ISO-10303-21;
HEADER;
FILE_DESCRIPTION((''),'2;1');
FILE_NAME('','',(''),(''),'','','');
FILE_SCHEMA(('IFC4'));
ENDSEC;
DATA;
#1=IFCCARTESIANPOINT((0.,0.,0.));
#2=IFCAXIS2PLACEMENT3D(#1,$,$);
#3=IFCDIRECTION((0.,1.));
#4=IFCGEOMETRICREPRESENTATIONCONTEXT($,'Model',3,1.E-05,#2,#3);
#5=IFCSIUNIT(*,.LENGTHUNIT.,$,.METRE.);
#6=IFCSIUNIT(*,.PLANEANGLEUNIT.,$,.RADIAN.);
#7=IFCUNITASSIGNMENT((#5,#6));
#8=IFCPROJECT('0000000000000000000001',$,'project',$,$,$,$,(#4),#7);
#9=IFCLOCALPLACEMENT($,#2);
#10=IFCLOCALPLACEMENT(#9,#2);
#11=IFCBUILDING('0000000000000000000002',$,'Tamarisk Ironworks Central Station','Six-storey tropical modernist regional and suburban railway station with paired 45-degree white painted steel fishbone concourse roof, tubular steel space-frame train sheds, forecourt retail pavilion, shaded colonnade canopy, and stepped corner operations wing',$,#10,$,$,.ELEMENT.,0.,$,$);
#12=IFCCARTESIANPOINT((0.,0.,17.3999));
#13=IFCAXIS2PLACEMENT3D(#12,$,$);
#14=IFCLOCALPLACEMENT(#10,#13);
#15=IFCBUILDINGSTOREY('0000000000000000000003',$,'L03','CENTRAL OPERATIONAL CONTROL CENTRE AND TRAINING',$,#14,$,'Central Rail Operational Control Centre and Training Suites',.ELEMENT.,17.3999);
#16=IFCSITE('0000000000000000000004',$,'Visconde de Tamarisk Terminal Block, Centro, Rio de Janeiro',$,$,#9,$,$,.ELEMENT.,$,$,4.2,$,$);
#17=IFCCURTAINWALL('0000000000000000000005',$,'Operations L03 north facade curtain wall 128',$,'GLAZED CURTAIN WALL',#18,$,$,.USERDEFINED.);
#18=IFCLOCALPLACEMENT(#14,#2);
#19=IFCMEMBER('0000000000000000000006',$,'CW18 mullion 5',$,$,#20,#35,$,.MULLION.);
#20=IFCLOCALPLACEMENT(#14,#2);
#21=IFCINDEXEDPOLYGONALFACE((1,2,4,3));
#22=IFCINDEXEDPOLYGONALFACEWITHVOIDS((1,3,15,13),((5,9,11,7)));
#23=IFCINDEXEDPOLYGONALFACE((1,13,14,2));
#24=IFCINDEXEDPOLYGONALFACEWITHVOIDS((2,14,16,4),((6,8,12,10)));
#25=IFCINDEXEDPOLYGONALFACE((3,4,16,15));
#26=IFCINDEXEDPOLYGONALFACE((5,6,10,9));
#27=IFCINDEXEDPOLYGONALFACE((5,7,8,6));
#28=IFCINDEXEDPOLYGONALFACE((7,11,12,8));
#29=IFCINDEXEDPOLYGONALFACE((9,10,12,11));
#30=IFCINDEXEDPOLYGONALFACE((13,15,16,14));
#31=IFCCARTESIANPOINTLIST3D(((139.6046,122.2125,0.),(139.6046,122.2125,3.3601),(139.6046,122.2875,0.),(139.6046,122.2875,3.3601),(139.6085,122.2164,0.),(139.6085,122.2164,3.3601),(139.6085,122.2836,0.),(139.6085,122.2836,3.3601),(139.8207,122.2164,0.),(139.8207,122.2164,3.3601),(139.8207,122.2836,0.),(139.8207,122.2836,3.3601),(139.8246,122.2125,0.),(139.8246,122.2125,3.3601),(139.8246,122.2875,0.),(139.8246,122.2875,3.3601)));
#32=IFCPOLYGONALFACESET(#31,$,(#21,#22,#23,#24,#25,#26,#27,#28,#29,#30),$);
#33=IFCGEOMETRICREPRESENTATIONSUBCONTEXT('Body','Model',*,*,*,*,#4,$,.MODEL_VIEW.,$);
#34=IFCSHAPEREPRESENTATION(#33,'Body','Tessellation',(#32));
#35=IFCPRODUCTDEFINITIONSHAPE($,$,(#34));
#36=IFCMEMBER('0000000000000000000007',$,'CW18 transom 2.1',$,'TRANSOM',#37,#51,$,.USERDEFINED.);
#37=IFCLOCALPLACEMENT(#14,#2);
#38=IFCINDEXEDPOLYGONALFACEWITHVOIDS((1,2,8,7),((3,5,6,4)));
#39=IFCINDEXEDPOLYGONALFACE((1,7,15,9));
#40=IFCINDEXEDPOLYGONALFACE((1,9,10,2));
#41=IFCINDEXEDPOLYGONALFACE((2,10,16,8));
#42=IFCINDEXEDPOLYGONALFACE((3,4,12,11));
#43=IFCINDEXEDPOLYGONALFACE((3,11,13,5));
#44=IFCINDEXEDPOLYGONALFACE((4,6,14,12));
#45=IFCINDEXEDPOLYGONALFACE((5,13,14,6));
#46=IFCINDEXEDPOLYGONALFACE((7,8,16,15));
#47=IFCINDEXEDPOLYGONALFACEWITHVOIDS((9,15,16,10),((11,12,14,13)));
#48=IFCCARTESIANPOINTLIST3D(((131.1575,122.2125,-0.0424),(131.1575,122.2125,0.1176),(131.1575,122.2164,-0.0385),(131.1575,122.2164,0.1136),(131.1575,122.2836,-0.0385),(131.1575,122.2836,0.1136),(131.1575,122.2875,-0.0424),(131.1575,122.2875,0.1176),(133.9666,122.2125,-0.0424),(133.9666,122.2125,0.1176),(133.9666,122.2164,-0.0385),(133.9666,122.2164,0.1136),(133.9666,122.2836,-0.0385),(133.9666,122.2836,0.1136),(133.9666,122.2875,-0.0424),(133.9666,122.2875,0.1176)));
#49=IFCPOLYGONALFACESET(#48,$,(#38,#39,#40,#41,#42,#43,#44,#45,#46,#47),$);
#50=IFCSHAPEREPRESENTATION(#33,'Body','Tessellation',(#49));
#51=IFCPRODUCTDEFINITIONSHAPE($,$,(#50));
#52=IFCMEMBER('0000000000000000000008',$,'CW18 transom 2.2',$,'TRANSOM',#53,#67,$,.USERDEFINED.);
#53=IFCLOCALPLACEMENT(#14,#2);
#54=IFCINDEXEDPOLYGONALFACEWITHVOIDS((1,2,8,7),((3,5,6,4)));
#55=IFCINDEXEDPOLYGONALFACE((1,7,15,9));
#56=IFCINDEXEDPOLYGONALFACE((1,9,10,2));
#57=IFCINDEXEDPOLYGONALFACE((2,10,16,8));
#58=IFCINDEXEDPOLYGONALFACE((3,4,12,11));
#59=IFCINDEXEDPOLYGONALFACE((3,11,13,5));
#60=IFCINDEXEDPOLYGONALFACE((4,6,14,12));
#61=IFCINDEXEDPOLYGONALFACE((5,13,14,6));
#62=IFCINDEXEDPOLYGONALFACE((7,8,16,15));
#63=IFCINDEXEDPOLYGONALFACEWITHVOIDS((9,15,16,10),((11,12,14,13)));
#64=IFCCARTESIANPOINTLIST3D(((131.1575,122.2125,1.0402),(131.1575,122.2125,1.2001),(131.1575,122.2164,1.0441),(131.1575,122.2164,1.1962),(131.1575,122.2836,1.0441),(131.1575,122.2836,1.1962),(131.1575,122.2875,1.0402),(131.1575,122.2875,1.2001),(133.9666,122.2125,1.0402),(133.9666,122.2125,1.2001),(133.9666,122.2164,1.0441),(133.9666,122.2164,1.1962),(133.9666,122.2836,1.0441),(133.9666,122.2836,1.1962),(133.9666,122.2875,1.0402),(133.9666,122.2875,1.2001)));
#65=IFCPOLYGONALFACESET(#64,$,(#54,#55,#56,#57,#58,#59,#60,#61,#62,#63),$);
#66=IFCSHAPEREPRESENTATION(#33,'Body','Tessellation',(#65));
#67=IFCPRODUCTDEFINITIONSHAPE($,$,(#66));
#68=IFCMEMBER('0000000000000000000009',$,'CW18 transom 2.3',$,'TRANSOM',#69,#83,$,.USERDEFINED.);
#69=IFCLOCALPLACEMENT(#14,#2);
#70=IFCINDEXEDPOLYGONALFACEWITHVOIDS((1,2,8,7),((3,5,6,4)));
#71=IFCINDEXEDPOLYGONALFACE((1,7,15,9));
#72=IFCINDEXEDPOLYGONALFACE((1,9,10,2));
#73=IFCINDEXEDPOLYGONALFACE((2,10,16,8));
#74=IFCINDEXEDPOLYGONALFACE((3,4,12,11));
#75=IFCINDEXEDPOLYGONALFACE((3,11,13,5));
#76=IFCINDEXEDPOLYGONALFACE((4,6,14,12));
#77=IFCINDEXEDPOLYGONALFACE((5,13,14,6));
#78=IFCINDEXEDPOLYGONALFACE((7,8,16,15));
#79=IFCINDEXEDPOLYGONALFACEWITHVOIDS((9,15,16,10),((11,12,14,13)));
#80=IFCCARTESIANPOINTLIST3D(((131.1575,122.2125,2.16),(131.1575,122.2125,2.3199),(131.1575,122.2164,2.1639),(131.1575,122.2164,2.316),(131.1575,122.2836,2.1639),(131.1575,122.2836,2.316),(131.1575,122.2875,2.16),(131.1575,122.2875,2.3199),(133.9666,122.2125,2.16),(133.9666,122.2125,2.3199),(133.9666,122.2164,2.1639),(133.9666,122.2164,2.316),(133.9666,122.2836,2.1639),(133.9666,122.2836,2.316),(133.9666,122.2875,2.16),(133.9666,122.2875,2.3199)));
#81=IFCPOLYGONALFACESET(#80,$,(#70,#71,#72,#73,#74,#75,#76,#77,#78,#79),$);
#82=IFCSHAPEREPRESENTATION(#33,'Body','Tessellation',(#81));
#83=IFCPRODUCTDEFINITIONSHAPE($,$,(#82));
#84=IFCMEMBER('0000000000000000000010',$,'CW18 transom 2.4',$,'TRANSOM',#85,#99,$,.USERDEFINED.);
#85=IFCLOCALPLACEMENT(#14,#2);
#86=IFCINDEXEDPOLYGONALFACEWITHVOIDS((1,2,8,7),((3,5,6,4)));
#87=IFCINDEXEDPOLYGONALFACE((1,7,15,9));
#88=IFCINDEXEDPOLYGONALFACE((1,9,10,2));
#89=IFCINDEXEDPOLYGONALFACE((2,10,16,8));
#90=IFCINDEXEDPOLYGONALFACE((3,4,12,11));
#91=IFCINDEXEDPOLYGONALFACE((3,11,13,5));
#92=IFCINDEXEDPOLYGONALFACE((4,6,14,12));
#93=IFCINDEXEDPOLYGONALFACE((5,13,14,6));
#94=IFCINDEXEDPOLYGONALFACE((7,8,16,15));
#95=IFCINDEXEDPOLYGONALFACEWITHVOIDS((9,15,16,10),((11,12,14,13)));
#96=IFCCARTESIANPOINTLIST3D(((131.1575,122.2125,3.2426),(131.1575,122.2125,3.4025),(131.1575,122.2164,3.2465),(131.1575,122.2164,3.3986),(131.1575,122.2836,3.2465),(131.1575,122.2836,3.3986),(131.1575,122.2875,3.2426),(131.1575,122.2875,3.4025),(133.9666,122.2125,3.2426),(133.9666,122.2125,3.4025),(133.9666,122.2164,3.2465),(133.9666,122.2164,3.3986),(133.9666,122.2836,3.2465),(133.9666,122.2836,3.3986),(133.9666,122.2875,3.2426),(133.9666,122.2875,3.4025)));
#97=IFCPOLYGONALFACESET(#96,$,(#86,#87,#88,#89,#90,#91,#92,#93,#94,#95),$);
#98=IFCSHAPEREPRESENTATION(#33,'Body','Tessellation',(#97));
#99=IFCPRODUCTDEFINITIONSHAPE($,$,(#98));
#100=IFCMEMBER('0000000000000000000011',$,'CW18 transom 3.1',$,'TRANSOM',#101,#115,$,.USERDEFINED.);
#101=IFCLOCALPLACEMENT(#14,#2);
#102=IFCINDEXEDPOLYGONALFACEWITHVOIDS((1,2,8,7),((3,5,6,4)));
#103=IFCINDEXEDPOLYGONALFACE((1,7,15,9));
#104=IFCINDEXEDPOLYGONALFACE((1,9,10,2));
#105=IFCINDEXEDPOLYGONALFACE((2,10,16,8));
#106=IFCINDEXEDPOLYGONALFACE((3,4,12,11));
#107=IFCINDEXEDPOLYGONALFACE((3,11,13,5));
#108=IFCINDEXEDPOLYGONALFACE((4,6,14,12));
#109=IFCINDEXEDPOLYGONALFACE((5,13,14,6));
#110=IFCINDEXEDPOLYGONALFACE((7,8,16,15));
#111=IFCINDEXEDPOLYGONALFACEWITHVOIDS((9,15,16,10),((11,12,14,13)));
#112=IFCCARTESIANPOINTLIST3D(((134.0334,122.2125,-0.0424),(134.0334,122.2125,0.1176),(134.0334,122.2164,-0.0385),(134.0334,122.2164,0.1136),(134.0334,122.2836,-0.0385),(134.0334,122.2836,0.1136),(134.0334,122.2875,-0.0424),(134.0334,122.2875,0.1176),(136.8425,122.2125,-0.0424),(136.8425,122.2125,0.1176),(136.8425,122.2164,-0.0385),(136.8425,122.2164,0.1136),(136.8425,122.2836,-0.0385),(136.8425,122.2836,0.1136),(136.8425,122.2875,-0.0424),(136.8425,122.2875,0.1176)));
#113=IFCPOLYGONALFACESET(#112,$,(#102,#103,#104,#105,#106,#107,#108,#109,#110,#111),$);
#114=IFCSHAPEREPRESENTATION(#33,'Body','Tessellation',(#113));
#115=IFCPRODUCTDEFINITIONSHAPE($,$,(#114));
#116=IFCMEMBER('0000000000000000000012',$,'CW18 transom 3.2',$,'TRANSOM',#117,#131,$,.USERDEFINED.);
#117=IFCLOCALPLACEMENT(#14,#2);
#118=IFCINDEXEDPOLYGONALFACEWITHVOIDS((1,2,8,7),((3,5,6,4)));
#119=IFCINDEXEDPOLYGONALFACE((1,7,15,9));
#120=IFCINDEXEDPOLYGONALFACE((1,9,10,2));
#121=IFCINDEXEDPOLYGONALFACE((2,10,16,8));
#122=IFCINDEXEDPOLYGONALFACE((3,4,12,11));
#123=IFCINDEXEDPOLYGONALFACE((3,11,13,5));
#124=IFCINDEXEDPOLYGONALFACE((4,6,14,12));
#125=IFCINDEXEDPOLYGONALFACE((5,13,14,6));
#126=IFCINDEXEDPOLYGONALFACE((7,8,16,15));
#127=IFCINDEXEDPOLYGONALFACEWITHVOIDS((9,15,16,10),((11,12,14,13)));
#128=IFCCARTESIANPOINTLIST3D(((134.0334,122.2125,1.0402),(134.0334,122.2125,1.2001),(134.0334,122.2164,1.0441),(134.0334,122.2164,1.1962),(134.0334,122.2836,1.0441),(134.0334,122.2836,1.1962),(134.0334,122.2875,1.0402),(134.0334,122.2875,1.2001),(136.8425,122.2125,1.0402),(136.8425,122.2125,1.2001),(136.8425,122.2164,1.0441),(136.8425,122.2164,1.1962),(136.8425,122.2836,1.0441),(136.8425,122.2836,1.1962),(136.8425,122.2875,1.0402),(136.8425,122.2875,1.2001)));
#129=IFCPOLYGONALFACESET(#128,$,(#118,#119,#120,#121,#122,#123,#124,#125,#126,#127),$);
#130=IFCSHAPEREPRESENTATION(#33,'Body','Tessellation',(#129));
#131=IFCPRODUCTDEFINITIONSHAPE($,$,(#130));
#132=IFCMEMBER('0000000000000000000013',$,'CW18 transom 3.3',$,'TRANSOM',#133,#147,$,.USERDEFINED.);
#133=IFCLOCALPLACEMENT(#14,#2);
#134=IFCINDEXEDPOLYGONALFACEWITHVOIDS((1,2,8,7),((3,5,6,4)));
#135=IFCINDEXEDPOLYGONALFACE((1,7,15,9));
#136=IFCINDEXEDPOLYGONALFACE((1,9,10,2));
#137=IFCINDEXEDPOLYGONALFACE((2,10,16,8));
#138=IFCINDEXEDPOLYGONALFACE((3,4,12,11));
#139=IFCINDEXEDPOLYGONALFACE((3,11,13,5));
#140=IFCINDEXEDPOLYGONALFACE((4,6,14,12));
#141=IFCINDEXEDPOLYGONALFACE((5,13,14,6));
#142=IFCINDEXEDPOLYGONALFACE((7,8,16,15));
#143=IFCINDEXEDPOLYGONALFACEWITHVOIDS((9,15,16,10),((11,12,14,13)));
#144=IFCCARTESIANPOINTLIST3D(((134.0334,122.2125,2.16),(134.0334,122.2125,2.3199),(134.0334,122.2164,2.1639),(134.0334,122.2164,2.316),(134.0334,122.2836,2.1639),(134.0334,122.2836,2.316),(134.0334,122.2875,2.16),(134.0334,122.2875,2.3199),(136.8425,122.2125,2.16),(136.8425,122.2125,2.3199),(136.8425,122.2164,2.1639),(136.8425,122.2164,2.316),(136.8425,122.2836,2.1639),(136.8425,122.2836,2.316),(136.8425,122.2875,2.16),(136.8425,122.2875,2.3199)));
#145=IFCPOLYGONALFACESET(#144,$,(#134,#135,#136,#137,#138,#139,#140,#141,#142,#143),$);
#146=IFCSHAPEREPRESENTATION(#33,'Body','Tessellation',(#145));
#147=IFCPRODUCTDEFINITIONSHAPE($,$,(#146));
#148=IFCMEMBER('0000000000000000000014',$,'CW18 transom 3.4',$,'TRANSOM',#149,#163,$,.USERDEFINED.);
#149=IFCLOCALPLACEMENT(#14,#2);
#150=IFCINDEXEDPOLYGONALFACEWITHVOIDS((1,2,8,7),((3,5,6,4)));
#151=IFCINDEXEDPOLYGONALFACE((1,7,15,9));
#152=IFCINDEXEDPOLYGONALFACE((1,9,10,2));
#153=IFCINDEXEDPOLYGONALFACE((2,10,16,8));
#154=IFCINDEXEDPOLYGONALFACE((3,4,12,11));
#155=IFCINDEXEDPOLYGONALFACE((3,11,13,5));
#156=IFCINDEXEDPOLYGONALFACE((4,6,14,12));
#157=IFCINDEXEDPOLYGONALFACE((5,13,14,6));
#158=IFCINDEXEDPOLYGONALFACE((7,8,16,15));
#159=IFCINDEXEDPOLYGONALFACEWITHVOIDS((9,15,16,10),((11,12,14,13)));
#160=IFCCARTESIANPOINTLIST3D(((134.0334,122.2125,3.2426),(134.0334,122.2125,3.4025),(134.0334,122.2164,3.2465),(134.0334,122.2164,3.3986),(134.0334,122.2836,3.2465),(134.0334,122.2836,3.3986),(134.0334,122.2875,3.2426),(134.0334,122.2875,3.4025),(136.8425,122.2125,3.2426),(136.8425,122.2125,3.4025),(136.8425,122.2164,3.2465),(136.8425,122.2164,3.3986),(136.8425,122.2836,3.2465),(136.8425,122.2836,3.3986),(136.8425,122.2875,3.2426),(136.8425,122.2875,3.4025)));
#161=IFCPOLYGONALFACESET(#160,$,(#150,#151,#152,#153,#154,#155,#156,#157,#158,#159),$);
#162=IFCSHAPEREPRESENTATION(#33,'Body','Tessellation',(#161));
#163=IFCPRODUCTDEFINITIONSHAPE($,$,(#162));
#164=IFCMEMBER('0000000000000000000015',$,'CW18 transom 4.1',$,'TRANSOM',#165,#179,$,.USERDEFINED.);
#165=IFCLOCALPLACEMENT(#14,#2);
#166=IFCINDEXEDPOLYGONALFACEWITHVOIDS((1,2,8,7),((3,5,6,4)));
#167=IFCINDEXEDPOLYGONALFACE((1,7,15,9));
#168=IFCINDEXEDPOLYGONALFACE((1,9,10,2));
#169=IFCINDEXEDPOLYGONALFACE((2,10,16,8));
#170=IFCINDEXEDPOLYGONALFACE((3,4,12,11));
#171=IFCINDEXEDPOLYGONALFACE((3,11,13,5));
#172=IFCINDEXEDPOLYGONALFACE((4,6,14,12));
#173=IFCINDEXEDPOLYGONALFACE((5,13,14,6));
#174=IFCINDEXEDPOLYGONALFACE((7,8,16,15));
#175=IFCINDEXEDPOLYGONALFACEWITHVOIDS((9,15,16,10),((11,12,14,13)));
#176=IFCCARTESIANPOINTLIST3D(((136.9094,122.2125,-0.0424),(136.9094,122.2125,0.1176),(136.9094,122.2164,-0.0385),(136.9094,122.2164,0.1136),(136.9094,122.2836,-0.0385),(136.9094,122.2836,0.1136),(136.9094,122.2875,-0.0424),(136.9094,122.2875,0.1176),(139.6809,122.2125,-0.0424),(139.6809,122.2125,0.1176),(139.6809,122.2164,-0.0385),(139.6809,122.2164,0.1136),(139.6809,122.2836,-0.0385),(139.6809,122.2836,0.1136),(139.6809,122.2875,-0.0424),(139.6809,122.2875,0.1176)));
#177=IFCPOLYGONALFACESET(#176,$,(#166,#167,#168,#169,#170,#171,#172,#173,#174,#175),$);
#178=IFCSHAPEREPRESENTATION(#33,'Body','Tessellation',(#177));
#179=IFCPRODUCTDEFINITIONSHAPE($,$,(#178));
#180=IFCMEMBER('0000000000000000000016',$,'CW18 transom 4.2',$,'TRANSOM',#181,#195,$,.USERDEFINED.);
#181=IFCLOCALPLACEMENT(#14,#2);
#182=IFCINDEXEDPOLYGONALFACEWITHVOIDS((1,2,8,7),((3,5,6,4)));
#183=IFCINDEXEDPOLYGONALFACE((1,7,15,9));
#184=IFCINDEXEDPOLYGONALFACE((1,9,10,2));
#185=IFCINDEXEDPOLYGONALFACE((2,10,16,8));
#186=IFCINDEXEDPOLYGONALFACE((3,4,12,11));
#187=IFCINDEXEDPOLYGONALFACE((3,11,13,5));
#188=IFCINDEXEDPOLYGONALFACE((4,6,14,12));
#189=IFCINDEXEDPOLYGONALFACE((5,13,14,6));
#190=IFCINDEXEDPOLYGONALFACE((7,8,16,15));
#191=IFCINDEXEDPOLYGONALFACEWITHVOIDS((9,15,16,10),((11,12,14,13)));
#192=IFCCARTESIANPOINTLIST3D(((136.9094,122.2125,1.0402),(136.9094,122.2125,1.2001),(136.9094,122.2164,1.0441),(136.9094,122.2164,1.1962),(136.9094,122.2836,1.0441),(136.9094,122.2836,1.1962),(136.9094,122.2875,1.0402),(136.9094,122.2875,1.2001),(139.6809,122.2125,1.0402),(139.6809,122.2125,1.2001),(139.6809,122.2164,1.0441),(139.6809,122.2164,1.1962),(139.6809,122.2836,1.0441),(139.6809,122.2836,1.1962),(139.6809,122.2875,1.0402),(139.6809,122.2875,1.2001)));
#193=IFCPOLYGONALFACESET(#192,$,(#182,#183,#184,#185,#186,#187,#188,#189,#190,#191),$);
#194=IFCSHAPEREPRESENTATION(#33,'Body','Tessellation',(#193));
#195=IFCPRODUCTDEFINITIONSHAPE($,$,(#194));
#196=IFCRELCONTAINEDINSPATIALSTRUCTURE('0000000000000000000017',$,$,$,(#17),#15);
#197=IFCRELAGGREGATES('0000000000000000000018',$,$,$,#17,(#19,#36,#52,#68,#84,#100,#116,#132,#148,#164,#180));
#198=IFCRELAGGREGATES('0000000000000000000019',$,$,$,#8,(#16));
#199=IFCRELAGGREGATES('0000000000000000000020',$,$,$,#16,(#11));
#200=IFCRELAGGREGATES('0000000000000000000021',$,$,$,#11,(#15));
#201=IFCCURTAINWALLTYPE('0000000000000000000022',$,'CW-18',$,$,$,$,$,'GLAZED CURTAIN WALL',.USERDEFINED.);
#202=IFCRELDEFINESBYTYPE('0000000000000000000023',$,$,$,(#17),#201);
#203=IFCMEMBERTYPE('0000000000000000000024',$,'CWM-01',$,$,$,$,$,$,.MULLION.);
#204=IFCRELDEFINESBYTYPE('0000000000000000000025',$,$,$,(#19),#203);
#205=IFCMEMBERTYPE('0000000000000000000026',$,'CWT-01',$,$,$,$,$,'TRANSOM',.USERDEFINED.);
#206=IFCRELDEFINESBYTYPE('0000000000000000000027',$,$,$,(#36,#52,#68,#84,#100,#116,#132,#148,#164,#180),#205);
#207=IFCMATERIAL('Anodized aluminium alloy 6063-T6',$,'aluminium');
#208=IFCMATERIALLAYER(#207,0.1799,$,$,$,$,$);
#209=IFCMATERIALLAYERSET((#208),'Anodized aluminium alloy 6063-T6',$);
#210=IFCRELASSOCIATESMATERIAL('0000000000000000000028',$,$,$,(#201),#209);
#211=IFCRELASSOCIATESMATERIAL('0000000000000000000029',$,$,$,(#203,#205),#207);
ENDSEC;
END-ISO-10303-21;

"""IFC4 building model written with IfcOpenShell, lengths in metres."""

from ifc_helpers import new_model, si_unit, direction, frame, origin, origin_2d, place, context, subcontext, project, spatial, hollow_rectangle, extrude, material, layer, layer_set, material_profile, profile_set, type_object, element, aggregate, save


model = new_model("IFC4")

# Units and contexts
model_context = context("Model", 3, precision=1e-05, world=origin(), true_north=direction((0.0, 1.0)))
body_context = subcontext(model_context, "Body", "Model", "MODEL_VIEW")
ifc_project = project(units=[si_unit("LENGTHUNIT", "METRE"), si_unit("PLANEANGLEUNIT", "RADIAN")], contexts=[model_context])

# Site, building, storey
site_placement = place(None, origin())
site = spatial("IfcSite", under=ifc_project, at=site_placement, Name="Visconde de Tamarisk Terminal Block, Centro, Rio de Janeiro", CompositionType="ELEMENT", RefElevation=4.2)
building_placement = place(site_placement, origin())
building = spatial("IfcBuilding", under=site, at=building_placement, Name="Tamarisk Ironworks Central Station", Description="Six-storey tropical modernist regional and suburban railway station with paired 45-degree white painted steel fishbone concourse roof, tubular steel space-frame train sheds, forecourt retail pavilion, shaded colonnade canopy, and stepped corner operations wing", CompositionType="ELEMENT", ElevationOfRefHeight=0.0)
storey_placement = place(building_placement, frame((0.0, 0.0, 17.3999)))
storey = spatial("IfcBuildingStorey", under=building, at=storey_placement, Name="L03", Description="CENTRAL OPERATIONAL CONTROL CENTRE AND TRAINING", LongName="Central Rail Operational Control Centre and Training Suites", CompositionType="ELEMENT", Elevation=17.3999)

# Curtain wall, members
ifc_material_1 = material(Name="Anodized aluminium alloy 6063-T6", Category="aluminium")
ifc_layer_1 = layer(ifc_material_1, 0.1799)
ifc_layer_set_1 = layer_set([ifc_layer_1], Name="Anodized aluminium alloy 6063-T6")
curtain_wall_type = type_object("IfcCurtainWallType", Name="CW-18", ElementType="GLAZED CURTAIN WALL", PredefinedType="USERDEFINED", material=ifc_layer_set_1)
curtain_wall_placement = place(storey_placement, origin())
curtain_wall = element("IfcCurtainWall", 1, at=curtain_wall_placement, inside=storey, type_object=curtain_wall_type, Name="Operations L03 north facade curtain wall 128", ObjectType="GLAZED CURTAIN WALL", PredefinedType="USERDEFINED")
ifc_material_profile_1 = material_profile(ifc_material_1, hollow_rectangle(XDim=0.075, YDim=0.22, WallThickness=0.0039, at=origin_2d()), Name="ALUM 220x75")
ifc_profile_set_1 = profile_set([ifc_material_profile_1], Name="Anodized aluminium alloy 6063-T6")
member_type_1 = type_object("IfcMemberType", Name="CWM-01", PredefinedType="MULLION", material=ifc_profile_set_1)
member_1_placement = place(storey_placement, frame((139.7146, 122.25, 0.0), z_axis=(0.0, 0.0, 1.0), x_axis=(0.0, 1.0, 0.0)))
member_1 = element("IfcMember", 2, at=member_1_placement, type_object=member_type_1, Name="CW18 mullion 5", PredefinedType="MULLION", context=body_context, shape_type="SweptSolid", body=[
    extrude(hollow_rectangle(XDim=0.075, YDim=0.22, WallThickness=0.0039, at=origin_2d()), origin(), (0.0, 0.0, 1.0), 3.3601),
])
ifc_material_profile_2 = material_profile(ifc_material_1, hollow_rectangle(XDim=0.075, YDim=0.1599, WallThickness=0.0039, at=origin_2d()), Name="ALUM 160x75")
ifc_profile_set_2 = profile_set([ifc_material_profile_2], Name="Anodized aluminium alloy 6063-T6")
member_type_2 = type_object("IfcMemberType", Name="CWT-01", ElementType="TRANSOM", PredefinedType="USERDEFINED", material=ifc_profile_set_2)
member_2_placement = place(storey_placement, frame((131.1575, 122.25, 0.0376), z_axis=(1.0, 0.0, 0.0), x_axis=(0.0, 1.0, 0.0)))
member_2 = element("IfcMember", 3, at=member_2_placement, type_object=member_type_2, Name="CW18 transom 2.1", ObjectType="TRANSOM", PredefinedType="USERDEFINED", context=body_context, shape_type="SweptSolid", body=[
    extrude(hollow_rectangle(XDim=0.075, YDim=0.1599, WallThickness=0.0039, at=origin_2d()), origin(), (0.0, 0.0, 1.0), 2.8091),
])
member_3_placement = place(storey_placement, frame((131.1575, 122.25, 1.1201), z_axis=(1.0, 0.0, 0.0), x_axis=(0.0, 1.0, 0.0)))
member_3 = element("IfcMember", 4, at=member_3_placement, type_object=member_type_2, Name="CW18 transom 2.2", ObjectType="TRANSOM", PredefinedType="USERDEFINED", context=body_context, shape_type="SweptSolid", body=[
    extrude(hollow_rectangle(XDim=0.075, YDim=0.1599, WallThickness=0.0039, at=origin_2d()), origin(), (0.0, 0.0, 1.0), 2.8091),
])
member_4_placement = place(storey_placement, frame((131.1575, 122.25, 2.24), z_axis=(1.0, 0.0, 0.0), x_axis=(0.0, 1.0, 0.0)))
member_4 = element("IfcMember", 5, at=member_4_placement, type_object=member_type_2, Name="CW18 transom 2.3", ObjectType="TRANSOM", PredefinedType="USERDEFINED", context=body_context, shape_type="SweptSolid", body=[
    extrude(hollow_rectangle(XDim=0.075, YDim=0.1599, WallThickness=0.0039, at=origin_2d()), origin(), (0.0, 0.0, 1.0), 2.8091),
])
member_5_placement = place(storey_placement, frame((131.1575, 122.25, 3.3225), z_axis=(1.0, 0.0, 0.0), x_axis=(0.0, 1.0, 0.0)))
member_5 = element("IfcMember", 6, at=member_5_placement, type_object=member_type_2, Name="CW18 transom 2.4", ObjectType="TRANSOM", PredefinedType="USERDEFINED", context=body_context, shape_type="SweptSolid", body=[
    extrude(hollow_rectangle(XDim=0.075, YDim=0.1599, WallThickness=0.0039, at=origin_2d()), origin(), (0.0, 0.0, 1.0), 2.8091),
])
member_6_placement = place(storey_placement, frame((134.0334, 122.25, 0.0376), z_axis=(1.0, 0.0, 0.0), x_axis=(0.0, 1.0, 0.0)))
member_6 = element("IfcMember", 7, at=member_6_placement, type_object=member_type_2, Name="CW18 transom 3.1", ObjectType="TRANSOM", PredefinedType="USERDEFINED", context=body_context, shape_type="SweptSolid", body=[
    extrude(hollow_rectangle(XDim=0.075, YDim=0.1599, WallThickness=0.0039, at=origin_2d()), origin(), (0.0, 0.0, 1.0), 2.8091),
])
member_7_placement = place(storey_placement, frame((134.0334, 122.25, 1.1201), z_axis=(1.0, 0.0, 0.0), x_axis=(0.0, 1.0, 0.0)))
member_7 = element("IfcMember", 8, at=member_7_placement, type_object=member_type_2, Name="CW18 transom 3.2", ObjectType="TRANSOM", PredefinedType="USERDEFINED", context=body_context, shape_type="SweptSolid", body=[
    extrude(hollow_rectangle(XDim=0.075, YDim=0.1599, WallThickness=0.0039, at=origin_2d()), origin(), (0.0, 0.0, 1.0), 2.8091),
])
member_8_placement = place(storey_placement, frame((134.0334, 122.25, 2.24), z_axis=(1.0, 0.0, 0.0), x_axis=(0.0, 1.0, 0.0)))
member_8 = element("IfcMember", 9, at=member_8_placement, type_object=member_type_2, Name="CW18 transom 3.3", ObjectType="TRANSOM", PredefinedType="USERDEFINED", context=body_context, shape_type="SweptSolid", body=[
    extrude(hollow_rectangle(XDim=0.075, YDim=0.1599, WallThickness=0.0039, at=origin_2d()), origin(), (0.0, 0.0, 1.0), 2.8091),
])
member_9_placement = place(storey_placement, frame((134.0334, 122.25, 3.3225), z_axis=(1.0, 0.0, 0.0), x_axis=(0.0, 1.0, 0.0)))
member_9 = element("IfcMember", 10, at=member_9_placement, type_object=member_type_2, Name="CW18 transom 3.4", ObjectType="TRANSOM", PredefinedType="USERDEFINED", context=body_context, shape_type="SweptSolid", body=[
    extrude(hollow_rectangle(XDim=0.075, YDim=0.1599, WallThickness=0.0039, at=origin_2d()), origin(), (0.0, 0.0, 1.0), 2.8091),
])
member_10_placement = place(storey_placement, frame((136.9094, 122.25, 0.0376), z_axis=(1.0, 0.0, 0.0), x_axis=(0.0, 1.0, 0.0)))
member_10 = element("IfcMember", 11, at=member_10_placement, type_object=member_type_2, Name="CW18 transom 4.1", ObjectType="TRANSOM", PredefinedType="USERDEFINED", context=body_context, shape_type="SweptSolid", body=[
    extrude(hollow_rectangle(XDim=0.075, YDim=0.1599, WallThickness=0.0039, at=origin_2d()), origin(), (0.0, 0.0, 1.0), 2.7715),
])
member_11_placement = place(storey_placement, frame((136.9094, 122.25, 1.1201), z_axis=(1.0, 0.0, 0.0), x_axis=(0.0, 1.0, 0.0)))
member_11 = element("IfcMember", 12, at=member_11_placement, type_object=member_type_2, Name="CW18 transom 4.2", ObjectType="TRANSOM", PredefinedType="USERDEFINED", context=body_context, shape_type="SweptSolid", body=[
    extrude(hollow_rectangle(XDim=0.075, YDim=0.1599, WallThickness=0.0039, at=origin_2d()), origin(), (0.0, 0.0, 1.0), 2.7715),
])
aggregate(curtain_wall, [member_1, member_2, member_3, member_4, member_5, member_6, member_7, member_8, member_9, member_10, member_11])

save(model, "model.ifc")
